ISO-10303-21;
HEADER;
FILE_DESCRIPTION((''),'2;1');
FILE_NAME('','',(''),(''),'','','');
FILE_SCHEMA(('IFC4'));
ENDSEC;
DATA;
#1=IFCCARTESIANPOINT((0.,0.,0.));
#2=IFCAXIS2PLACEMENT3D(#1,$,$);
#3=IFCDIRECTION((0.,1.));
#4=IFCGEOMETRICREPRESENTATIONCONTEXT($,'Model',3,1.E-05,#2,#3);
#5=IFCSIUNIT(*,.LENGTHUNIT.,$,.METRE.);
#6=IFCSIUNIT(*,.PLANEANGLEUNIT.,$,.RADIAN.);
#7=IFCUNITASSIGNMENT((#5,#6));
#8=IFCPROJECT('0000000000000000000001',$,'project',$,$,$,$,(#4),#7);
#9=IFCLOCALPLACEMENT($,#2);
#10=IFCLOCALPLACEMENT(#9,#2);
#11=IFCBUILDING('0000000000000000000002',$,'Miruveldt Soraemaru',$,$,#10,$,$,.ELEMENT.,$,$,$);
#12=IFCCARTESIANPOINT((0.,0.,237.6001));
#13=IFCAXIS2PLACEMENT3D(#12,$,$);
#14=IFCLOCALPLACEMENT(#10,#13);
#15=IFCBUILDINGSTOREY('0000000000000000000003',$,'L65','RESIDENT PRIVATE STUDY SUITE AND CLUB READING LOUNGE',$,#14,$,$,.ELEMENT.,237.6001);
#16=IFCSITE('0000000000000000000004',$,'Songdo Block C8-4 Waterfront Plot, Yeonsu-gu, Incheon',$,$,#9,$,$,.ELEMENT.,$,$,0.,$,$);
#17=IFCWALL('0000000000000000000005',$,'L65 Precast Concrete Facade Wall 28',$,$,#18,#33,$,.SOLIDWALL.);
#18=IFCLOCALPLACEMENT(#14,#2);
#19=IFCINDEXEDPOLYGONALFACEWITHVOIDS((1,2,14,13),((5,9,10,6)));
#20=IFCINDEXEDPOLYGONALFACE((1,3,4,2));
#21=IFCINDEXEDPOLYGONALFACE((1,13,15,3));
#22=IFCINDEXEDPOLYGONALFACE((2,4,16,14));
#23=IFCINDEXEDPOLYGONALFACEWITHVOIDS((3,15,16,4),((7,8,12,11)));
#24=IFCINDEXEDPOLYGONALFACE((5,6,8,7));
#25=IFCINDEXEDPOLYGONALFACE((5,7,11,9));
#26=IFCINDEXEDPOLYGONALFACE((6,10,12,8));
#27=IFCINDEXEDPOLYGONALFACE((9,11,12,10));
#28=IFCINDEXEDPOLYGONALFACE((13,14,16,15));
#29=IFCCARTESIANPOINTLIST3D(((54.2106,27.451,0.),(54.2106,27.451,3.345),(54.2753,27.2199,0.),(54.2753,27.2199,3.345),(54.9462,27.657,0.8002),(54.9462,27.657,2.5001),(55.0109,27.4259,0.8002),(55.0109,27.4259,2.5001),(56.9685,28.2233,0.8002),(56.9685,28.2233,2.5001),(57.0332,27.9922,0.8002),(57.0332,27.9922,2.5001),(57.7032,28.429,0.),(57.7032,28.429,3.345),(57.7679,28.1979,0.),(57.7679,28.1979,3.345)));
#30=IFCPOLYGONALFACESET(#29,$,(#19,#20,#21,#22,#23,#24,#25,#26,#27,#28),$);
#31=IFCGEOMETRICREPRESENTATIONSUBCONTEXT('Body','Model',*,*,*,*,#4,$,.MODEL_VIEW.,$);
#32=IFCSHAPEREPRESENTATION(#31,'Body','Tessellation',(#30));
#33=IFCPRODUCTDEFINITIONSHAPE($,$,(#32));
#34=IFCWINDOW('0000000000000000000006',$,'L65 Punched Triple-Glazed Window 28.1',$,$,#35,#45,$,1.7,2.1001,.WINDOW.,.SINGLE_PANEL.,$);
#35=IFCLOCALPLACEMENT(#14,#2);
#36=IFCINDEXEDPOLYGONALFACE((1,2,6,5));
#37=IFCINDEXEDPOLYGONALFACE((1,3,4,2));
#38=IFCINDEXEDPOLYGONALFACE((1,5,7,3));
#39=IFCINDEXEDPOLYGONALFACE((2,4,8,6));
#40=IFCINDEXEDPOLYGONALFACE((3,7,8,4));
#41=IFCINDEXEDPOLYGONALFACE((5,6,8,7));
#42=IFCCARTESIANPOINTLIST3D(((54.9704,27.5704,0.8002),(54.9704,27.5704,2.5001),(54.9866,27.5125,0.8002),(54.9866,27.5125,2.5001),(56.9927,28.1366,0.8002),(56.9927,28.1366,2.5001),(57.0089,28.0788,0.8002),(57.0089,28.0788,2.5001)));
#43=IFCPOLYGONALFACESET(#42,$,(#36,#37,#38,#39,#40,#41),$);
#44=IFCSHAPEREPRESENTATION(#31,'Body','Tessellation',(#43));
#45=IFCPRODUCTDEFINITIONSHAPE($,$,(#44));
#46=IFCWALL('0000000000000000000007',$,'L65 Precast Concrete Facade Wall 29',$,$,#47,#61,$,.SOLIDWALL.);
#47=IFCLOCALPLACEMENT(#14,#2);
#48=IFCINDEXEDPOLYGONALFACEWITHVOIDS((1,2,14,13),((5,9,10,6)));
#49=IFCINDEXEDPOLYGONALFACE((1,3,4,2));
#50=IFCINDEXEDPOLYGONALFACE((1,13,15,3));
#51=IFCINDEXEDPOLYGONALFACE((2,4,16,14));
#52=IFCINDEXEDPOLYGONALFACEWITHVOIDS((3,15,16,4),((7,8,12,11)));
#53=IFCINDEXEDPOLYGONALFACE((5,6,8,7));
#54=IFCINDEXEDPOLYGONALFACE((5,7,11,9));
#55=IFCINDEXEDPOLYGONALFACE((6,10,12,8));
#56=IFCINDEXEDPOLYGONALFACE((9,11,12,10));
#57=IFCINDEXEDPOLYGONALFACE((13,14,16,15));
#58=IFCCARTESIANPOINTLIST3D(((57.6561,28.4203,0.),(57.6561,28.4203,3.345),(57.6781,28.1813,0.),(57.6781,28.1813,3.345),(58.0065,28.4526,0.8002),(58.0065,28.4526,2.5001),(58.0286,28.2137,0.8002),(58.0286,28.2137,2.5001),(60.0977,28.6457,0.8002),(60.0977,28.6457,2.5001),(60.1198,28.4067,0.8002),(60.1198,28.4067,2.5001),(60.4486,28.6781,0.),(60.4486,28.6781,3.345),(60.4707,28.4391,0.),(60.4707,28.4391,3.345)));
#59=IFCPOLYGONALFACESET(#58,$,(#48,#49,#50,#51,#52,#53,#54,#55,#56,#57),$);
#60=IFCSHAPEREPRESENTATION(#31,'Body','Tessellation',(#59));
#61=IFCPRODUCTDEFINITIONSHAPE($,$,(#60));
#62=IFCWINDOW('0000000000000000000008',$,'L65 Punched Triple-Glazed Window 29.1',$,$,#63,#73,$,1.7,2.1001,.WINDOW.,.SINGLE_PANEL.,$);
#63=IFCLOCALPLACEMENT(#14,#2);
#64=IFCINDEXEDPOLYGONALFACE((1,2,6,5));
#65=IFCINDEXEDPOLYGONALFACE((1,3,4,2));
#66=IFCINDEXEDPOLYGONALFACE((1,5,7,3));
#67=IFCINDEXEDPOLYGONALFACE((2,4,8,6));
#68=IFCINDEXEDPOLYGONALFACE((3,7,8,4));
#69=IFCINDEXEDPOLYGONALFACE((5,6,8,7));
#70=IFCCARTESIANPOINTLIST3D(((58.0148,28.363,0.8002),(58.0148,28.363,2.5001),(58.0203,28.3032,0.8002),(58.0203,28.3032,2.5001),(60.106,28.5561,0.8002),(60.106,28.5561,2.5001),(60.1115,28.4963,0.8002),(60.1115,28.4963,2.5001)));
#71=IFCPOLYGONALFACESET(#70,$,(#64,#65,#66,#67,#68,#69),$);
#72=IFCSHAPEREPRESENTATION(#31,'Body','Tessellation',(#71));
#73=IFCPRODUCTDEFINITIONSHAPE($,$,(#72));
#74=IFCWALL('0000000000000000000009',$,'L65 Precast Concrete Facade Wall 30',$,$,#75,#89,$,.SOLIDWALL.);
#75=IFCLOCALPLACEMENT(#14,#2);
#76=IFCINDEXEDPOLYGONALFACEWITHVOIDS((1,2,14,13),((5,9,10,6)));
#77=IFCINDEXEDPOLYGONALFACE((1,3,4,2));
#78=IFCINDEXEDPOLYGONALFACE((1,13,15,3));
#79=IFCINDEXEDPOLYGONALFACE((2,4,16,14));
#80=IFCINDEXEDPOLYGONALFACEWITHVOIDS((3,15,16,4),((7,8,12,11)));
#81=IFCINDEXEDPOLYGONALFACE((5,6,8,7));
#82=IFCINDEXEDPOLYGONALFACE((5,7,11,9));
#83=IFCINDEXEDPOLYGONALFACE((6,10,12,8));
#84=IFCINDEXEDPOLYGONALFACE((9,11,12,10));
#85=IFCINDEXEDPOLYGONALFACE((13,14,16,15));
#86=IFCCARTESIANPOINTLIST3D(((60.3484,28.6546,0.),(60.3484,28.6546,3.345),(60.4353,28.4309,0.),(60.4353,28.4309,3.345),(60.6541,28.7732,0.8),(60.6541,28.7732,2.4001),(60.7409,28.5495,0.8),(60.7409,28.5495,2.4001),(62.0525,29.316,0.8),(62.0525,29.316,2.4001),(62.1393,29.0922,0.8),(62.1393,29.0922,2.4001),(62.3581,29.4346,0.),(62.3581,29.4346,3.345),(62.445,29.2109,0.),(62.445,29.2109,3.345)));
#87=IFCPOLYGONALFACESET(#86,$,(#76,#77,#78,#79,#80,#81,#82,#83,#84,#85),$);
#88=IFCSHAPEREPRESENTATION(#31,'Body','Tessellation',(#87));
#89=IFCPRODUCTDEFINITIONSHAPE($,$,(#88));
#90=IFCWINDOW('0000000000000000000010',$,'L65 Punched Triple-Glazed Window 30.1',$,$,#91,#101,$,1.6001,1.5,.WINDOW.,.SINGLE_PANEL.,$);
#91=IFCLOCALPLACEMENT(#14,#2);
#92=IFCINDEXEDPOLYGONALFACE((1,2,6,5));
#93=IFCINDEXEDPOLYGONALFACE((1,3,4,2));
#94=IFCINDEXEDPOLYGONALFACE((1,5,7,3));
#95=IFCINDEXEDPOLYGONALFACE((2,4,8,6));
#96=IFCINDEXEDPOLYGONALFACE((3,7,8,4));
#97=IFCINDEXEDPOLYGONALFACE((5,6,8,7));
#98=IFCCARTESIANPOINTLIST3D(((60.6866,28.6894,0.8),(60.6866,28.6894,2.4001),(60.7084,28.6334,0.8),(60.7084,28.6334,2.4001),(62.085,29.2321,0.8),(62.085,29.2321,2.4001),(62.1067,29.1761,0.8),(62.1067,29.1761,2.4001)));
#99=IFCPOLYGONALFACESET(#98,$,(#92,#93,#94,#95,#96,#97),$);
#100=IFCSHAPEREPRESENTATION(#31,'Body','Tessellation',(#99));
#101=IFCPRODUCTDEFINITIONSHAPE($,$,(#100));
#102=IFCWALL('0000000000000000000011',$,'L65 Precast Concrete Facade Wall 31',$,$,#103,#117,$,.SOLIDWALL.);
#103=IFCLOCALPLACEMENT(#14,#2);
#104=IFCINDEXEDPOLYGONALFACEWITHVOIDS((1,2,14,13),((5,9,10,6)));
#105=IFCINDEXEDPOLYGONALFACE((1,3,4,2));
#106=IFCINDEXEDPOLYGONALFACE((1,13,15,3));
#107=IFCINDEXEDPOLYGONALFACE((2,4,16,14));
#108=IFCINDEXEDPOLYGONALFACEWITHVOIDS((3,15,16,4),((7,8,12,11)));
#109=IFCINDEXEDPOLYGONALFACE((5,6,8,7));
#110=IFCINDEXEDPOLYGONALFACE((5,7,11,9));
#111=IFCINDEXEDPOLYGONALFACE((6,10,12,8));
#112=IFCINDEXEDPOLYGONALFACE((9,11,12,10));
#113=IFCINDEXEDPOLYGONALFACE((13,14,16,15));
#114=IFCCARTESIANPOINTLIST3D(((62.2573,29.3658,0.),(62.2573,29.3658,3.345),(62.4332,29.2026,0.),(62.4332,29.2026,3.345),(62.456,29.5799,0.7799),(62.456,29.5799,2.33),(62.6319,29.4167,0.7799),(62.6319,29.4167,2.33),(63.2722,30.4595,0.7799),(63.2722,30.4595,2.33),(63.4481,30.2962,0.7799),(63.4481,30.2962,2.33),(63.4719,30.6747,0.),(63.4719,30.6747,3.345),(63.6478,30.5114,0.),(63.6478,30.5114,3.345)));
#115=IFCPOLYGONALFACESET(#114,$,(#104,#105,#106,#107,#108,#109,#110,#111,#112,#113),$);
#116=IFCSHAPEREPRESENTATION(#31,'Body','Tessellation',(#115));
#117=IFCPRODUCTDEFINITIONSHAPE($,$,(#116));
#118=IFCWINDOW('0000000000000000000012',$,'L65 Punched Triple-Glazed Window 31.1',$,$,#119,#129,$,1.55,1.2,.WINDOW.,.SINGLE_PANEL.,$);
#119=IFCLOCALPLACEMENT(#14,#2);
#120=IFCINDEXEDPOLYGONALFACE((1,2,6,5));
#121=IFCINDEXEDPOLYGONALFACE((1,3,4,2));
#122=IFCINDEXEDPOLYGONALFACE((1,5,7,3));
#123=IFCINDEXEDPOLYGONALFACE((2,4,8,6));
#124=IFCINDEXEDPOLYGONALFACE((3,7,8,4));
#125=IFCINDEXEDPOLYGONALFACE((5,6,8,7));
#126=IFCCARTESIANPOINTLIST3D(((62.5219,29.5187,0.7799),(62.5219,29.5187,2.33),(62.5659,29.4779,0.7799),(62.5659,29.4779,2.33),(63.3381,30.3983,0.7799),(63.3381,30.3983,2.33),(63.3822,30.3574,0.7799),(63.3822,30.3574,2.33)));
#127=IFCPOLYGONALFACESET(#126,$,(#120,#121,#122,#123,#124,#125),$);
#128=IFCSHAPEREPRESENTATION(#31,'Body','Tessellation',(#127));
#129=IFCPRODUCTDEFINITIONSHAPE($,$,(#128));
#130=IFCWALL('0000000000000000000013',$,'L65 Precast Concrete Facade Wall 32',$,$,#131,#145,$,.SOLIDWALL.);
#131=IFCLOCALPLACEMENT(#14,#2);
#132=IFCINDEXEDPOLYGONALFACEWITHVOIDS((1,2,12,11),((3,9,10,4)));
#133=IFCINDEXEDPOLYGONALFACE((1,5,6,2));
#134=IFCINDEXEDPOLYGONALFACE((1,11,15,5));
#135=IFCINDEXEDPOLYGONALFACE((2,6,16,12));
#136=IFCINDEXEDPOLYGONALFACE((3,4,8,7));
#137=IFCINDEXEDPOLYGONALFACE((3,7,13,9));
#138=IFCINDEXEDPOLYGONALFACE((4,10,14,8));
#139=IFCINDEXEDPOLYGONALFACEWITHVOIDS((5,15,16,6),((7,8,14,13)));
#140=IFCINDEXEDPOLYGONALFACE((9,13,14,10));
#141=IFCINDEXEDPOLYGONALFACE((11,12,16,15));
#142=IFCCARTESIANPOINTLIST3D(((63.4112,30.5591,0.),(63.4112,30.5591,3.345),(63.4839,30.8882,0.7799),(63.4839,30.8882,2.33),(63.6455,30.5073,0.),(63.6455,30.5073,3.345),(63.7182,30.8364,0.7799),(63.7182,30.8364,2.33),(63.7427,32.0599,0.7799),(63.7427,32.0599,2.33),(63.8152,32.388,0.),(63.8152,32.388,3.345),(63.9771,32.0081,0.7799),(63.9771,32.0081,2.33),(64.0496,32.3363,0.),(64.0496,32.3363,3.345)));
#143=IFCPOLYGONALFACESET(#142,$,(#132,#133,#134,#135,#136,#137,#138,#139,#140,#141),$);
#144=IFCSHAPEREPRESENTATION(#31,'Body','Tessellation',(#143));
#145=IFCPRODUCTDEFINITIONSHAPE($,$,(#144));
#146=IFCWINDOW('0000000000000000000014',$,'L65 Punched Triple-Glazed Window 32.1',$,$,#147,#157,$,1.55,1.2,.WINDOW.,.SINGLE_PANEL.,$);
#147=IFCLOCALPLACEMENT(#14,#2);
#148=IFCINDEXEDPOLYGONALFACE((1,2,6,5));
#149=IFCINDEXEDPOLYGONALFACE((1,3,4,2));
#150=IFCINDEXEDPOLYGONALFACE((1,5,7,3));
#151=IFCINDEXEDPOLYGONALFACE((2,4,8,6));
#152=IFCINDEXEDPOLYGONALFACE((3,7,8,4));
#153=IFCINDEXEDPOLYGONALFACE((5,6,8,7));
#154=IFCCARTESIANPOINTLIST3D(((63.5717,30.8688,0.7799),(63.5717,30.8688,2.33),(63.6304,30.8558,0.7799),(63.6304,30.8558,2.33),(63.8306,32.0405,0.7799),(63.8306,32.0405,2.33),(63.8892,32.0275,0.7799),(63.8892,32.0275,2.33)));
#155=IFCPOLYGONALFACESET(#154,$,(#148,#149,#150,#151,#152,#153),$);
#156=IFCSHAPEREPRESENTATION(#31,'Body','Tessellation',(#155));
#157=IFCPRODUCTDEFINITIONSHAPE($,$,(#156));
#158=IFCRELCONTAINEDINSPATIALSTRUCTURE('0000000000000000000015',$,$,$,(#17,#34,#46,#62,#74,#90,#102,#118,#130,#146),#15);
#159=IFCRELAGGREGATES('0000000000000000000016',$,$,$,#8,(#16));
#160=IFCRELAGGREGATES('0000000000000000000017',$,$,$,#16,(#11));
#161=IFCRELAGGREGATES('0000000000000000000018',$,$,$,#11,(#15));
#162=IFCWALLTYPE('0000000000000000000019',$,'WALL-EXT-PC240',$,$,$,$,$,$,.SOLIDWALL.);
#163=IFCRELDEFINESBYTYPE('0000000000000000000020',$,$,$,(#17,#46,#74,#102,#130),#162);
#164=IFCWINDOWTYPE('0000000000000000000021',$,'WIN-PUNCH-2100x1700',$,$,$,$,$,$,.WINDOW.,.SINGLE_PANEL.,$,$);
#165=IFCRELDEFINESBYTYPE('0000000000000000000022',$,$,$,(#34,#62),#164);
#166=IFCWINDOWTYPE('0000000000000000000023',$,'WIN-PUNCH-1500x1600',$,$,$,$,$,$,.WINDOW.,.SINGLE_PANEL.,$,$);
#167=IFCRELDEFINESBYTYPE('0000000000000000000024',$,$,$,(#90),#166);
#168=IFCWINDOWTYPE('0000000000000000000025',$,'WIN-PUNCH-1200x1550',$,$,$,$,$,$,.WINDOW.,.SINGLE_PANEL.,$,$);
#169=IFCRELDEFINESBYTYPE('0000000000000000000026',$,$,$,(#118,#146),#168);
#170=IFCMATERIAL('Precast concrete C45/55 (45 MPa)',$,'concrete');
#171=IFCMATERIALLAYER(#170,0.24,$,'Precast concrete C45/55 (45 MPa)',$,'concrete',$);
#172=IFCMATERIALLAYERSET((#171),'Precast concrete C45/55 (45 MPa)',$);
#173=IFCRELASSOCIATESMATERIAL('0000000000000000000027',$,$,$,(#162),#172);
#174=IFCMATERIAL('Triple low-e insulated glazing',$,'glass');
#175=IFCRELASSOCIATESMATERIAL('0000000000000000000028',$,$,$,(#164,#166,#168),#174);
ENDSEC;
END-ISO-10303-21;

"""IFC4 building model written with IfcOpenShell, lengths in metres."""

from ifc_helpers import new_model, si_unit, direction, frame, frame_2d, origin, place, context, subcontext, project, spatial, rectangle, extrude, material, layer, layer_set, type_object, element, fill, save


model = new_model("IFC4")

# Units and contexts
model_context = context("Model", 3, precision=1e-05, world=origin(), true_north=direction((0.0, 1.0)))
body_context = subcontext(model_context, "Body", "Model", "MODEL_VIEW")
ifc_project = project(units=[si_unit("LENGTHUNIT", "METRE"), si_unit("PLANEANGLEUNIT", "RADIAN")], contexts=[model_context])

# Site, building, storey
site_placement = place(None, origin())
site = spatial("IfcSite", under=ifc_project, at=site_placement, Name="Songdo Block C8-4 Waterfront Plot, Yeonsu-gu, Incheon", CompositionType="ELEMENT", RefElevation=0.0)
building_placement = place(site_placement, origin())
building = spatial("IfcBuilding", under=site, at=building_placement, Name="Miruveldt Soraemaru", CompositionType="ELEMENT")
storey_placement = place(building_placement, frame((0.0, 0.0, 237.6001)))
storey = spatial("IfcBuildingStorey", under=building, at=storey_placement, Name="L65", Description="RESIDENT PRIVATE STUDY SUITE AND CLUB READING LOUNGE", CompositionType="ELEMENT", Elevation=237.6001)

# Walls, openings, windows
ifc_material_1 = material(Name="Precast concrete C45/55 (45 MPa)", Category="concrete")
ifc_layer_1 = layer(ifc_material_1, 0.24, Name="Precast concrete C45/55 (45 MPa)", Category="concrete")
ifc_layer_set_1 = layer_set([ifc_layer_1], Name="Precast concrete C45/55 (45 MPa)")
wall_type_1 = type_object("IfcWallType", Name="WALL-EXT-PC240", PredefinedType="SOLIDWALL", material=ifc_layer_set_1)
wall_1_placement = place(storey_placement, frame((54.2429, 27.3354, 0.0), z_axis=(0.0, 0.0, 1.0), x_axis=(0.962958, 0.26965, 0.0)))
wall_1 = element("IfcWall", 1, at=wall_1_placement, inside=storey, type_object=wall_type_1, Name="L65 Precast Concrete Facade Wall 28", PredefinedType="SOLIDWALL", context=body_context, shape_type="SweptSolid", body=[
    extrude(rectangle(XDim=3.627, YDim=0.24, at=frame_2d((1.8135, 0.0))), origin(), (0.0, 0.0, 1.0), 3.345),
])
opening_1_placement = place(wall_1_placement, frame((0.7639, 0.0, 0.8)))
opening_1 = element("IfcOpeningElement", 2, at=opening_1_placement, cuts=wall_1, PredefinedType="OPENING", context=body_context, shape_type="SweptSolid", body=[
    extrude(rectangle(XDim=2.1001, YDim=1.7, at=frame_2d((1.05, 0.8501))), frame((0.0, 0.1299, 0.0), z_axis=(0.0, -1.0, 0.0), x_axis=(1.0, 0.0, 0.0)), (0.0, 0.0, 1.0), 0.26),
])
ifc_material_2 = material(Name="Triple low-e insulated glazing", Category="glass")
window_type_1 = type_object("IfcWindowType", Name="WIN-PUNCH-2100x1700", PartitioningType="SINGLE_PANEL", PredefinedType="WINDOW", material=ifc_material_2)
window_1_placement = place(opening_1_placement, origin())
window_1 = element("IfcWindow", 3, at=window_1_placement, inside=storey, type_object=window_type_1, Name="L65 Punched Triple-Glazed Window 28.1", OverallHeight=1.7, OverallWidth=2.1001, PartitioningType="SINGLE_PANEL", PredefinedType="WINDOW", context=body_context, shape_type="SweptSolid", body=[
    extrude(rectangle(XDim=2.1001, YDim=1.7, at=frame_2d((1.05, 0.8501))), frame((0.0, 0.03, 0.0), z_axis=(0.0, -1.0, 0.0), x_axis=(1.0, 0.0, 0.0)), (0.0, 0.0, 1.0), 0.0601),
])
fill(opening_1, window_1)
wall_2_placement = place(storey_placement, frame((57.667, 28.3008, 0.0), z_axis=(0.0, 0.0, 1.0), x_axis=(0.995765, 0.091933, 0.0)))
wall_2 = element("IfcWall", 4, at=wall_2_placement, inside=storey, type_object=wall_type_1, Name="L65 Precast Concrete Facade Wall 29", PredefinedType="SOLIDWALL", context=body_context, shape_type="SweptSolid", body=[
    extrude(rectangle(XDim=2.8044, YDim=0.24, at=frame_2d((1.4023, 0.0))), origin(), (0.0, 0.0, 1.0), 3.345),
])
opening_2_placement = place(wall_2_placement, frame((0.3521, 0.0, 0.8)))
opening_2 = element("IfcOpeningElement", 5, at=opening_2_placement, cuts=wall_2, PredefinedType="OPENING", context=body_context, shape_type="SweptSolid", body=[
    extrude(rectangle(XDim=2.1001, YDim=1.7, at=frame_2d((1.05, 0.8501))), frame((0.0, 0.1299, 0.0), z_axis=(0.0, -1.0, 0.0), x_axis=(1.0, 0.0, 0.0)), (0.0, 0.0, 1.0), 0.26),
])
window_2_placement = place(opening_2_placement, origin())
window_2 = element("IfcWindow", 6, at=window_2_placement, inside=storey, type_object=window_type_1, Name="L65 Punched Triple-Glazed Window 29.1", OverallHeight=1.7, OverallWidth=2.1001, PartitioningType="SINGLE_PANEL", PredefinedType="WINDOW", context=body_context, shape_type="SweptSolid", body=[
    extrude(rectangle(XDim=2.1001, YDim=1.7, at=frame_2d((1.05, 0.8501))), frame((0.0, 0.03, 0.0), z_axis=(0.0, -1.0, 0.0), x_axis=(1.0, 0.0, 0.0)), (0.0, 0.0, 1.0), 0.0601),
])
fill(opening_2, window_2)
wall_3_placement = place(storey_placement, frame((60.3918, 28.5427, 0.0), z_axis=(0.0, 0.0, 1.0), x_axis=(0.932247, 0.361823, 0.0)))
wall_3 = element("IfcWall", 7, at=wall_3_placement, inside=storey, type_object=wall_type_1, Name="L65 Precast Concrete Facade Wall 30", PredefinedType="SOLIDWALL", context=body_context, shape_type="SweptSolid", body=[
    extrude(rectangle(XDim=2.1558, YDim=0.24, at=frame_2d((1.0779, 0.0))), origin(), (0.0, 0.0, 1.0), 3.345),
])
opening_3_placement = place(wall_3_placement, frame((0.3279, 0.0, 0.8)))
opening_3 = element("IfcOpeningElement", 8, at=opening_3_placement, cuts=wall_3, PredefinedType="OPENING", context=body_context, shape_type="SweptSolid", body=[
    extrude(rectangle(XDim=1.5, YDim=1.6001, at=frame_2d((0.75, 0.8))), frame((0.0, 0.1299, 0.0), z_axis=(0.0, -1.0, 0.0), x_axis=(1.0, 0.0, 0.0)), (0.0, 0.0, 1.0), 0.26),
])
window_type_2 = type_object("IfcWindowType", Name="WIN-PUNCH-1500x1600", PartitioningType="SINGLE_PANEL", PredefinedType="WINDOW", material=ifc_material_2)
window_3_placement = place(opening_3_placement, origin())
window_3 = element("IfcWindow", 9, at=window_3_placement, inside=storey, type_object=window_type_2, Name="L65 Punched Triple-Glazed Window 30.1", OverallHeight=1.6001, OverallWidth=1.5, PartitioningType="SINGLE_PANEL", PredefinedType="WINDOW", context=body_context, shape_type="SweptSolid", body=[
    extrude(rectangle(XDim=1.5, YDim=1.6001, at=frame_2d((0.75, 0.8))), frame((0.0, 0.03, 0.0), z_axis=(0.0, -1.0, 0.0), x_axis=(1.0, 0.0, 0.0)), (0.0, 0.0, 1.0), 0.0601),
])
fill(opening_3, window_3)
wall_4_placement = place(storey_placement, frame((62.3452, 29.2842, 0.0), z_axis=(0.0, 0.0, 1.0), x_axis=(0.680226, 0.733003, 0.0)))
wall_4 = element("IfcWall", 10, at=wall_4_placement, inside=storey, type_object=wall_type_1, Name="L65 Precast Concrete Facade Wall 31", PredefinedType="SOLIDWALL", context=body_context, shape_type="SweptSolid", body=[
    extrude(rectangle(XDim=1.7856, YDim=0.24, at=frame_2d((0.8928, 0.0))), origin(), (0.0, 0.0, 1.0), 3.345),
])
opening_4_placement = place(wall_4_placement, frame((0.292, 0.0, 0.78)))
opening_4 = element("IfcOpeningElement", 11, at=opening_4_placement, cuts=wall_4, PredefinedType="OPENING", context=body_context, shape_type="SweptSolid", body=[
    extrude(rectangle(XDim=1.2, YDim=1.55, at=frame_2d((0.6001, 0.7749))), frame((0.0, 0.1299, 0.0), z_axis=(0.0, -1.0, 0.0), x_axis=(1.0, 0.0, 0.0)), (0.0, 0.0, 1.0), 0.26),
])
window_type_3 = type_object("IfcWindowType", Name="WIN-PUNCH-1200x1550", PartitioningType="SINGLE_PANEL", PredefinedType="WINDOW", material=ifc_material_2)
window_4_placement = place(opening_4_placement, origin())
window_4 = element("IfcWindow", 12, at=window_4_placement, inside=storey, type_object=window_type_3, Name="L65 Punched Triple-Glazed Window 31.1", OverallHeight=1.55, OverallWidth=1.2, PartitioningType="SINGLE_PANEL", PredefinedType="WINDOW", context=body_context, shape_type="SweptSolid", body=[
    extrude(rectangle(XDim=1.2, YDim=1.55, at=frame_2d((0.6001, 0.7749))), frame((0.0, 0.03, 0.0), z_axis=(0.0, -1.0, 0.0), x_axis=(1.0, 0.0, 0.0)), (0.0, 0.0, 1.0), 0.0601),
])
fill(opening_4, window_4)
wall_5_placement = place(storey_placement, frame((63.5283, 30.5332, 0.0), z_axis=(0.0, 0.0, 1.0), x_axis=(0.21573, 0.976453, 0.0)))
wall_5 = element("IfcWall", 13, at=wall_5_placement, inside=storey, type_object=wall_type_1, Name="L65 Precast Concrete Facade Wall 32", PredefinedType="SOLIDWALL", context=body_context, shape_type="SweptSolid", body=[
    extrude(rectangle(XDim=1.873, YDim=0.24, at=frame_2d((0.9365, 0.0))), origin(), (0.0, 0.0, 1.0), 3.345),
])
opening_5_placement = place(wall_5_placement, frame((0.3369, 0.0, 0.78)))
opening_5 = element("IfcOpeningElement", 14, at=opening_5_placement, cuts=wall_5, PredefinedType="OPENING", context=body_context, shape_type="SweptSolid", body=[
    extrude(rectangle(XDim=1.2, YDim=1.55, at=frame_2d((0.6001, 0.7749))), frame((0.0, 0.1299, 0.0), z_axis=(0.0, -1.0, 0.0), x_axis=(1.0, 0.0, 0.0)), (0.0, 0.0, 1.0), 0.26),
])
window_5_placement = place(opening_5_placement, origin())
window_5 = element("IfcWindow", 15, at=window_5_placement, inside=storey, type_object=window_type_3, Name="L65 Punched Triple-Glazed Window 32.1", OverallHeight=1.55, OverallWidth=1.2, PartitioningType="SINGLE_PANEL", PredefinedType="WINDOW", context=body_context, shape_type="SweptSolid", body=[
    extrude(rectangle(XDim=1.2, YDim=1.55, at=frame_2d((0.6001, 0.7749))), frame((0.0, 0.03, 0.0), z_axis=(0.0, -1.0, 0.0), x_axis=(1.0, 0.0, 0.0)), (0.0, 0.0, 1.0), 0.0601),
])
fill(opening_5, window_5)

save(model, "model.ifc")
